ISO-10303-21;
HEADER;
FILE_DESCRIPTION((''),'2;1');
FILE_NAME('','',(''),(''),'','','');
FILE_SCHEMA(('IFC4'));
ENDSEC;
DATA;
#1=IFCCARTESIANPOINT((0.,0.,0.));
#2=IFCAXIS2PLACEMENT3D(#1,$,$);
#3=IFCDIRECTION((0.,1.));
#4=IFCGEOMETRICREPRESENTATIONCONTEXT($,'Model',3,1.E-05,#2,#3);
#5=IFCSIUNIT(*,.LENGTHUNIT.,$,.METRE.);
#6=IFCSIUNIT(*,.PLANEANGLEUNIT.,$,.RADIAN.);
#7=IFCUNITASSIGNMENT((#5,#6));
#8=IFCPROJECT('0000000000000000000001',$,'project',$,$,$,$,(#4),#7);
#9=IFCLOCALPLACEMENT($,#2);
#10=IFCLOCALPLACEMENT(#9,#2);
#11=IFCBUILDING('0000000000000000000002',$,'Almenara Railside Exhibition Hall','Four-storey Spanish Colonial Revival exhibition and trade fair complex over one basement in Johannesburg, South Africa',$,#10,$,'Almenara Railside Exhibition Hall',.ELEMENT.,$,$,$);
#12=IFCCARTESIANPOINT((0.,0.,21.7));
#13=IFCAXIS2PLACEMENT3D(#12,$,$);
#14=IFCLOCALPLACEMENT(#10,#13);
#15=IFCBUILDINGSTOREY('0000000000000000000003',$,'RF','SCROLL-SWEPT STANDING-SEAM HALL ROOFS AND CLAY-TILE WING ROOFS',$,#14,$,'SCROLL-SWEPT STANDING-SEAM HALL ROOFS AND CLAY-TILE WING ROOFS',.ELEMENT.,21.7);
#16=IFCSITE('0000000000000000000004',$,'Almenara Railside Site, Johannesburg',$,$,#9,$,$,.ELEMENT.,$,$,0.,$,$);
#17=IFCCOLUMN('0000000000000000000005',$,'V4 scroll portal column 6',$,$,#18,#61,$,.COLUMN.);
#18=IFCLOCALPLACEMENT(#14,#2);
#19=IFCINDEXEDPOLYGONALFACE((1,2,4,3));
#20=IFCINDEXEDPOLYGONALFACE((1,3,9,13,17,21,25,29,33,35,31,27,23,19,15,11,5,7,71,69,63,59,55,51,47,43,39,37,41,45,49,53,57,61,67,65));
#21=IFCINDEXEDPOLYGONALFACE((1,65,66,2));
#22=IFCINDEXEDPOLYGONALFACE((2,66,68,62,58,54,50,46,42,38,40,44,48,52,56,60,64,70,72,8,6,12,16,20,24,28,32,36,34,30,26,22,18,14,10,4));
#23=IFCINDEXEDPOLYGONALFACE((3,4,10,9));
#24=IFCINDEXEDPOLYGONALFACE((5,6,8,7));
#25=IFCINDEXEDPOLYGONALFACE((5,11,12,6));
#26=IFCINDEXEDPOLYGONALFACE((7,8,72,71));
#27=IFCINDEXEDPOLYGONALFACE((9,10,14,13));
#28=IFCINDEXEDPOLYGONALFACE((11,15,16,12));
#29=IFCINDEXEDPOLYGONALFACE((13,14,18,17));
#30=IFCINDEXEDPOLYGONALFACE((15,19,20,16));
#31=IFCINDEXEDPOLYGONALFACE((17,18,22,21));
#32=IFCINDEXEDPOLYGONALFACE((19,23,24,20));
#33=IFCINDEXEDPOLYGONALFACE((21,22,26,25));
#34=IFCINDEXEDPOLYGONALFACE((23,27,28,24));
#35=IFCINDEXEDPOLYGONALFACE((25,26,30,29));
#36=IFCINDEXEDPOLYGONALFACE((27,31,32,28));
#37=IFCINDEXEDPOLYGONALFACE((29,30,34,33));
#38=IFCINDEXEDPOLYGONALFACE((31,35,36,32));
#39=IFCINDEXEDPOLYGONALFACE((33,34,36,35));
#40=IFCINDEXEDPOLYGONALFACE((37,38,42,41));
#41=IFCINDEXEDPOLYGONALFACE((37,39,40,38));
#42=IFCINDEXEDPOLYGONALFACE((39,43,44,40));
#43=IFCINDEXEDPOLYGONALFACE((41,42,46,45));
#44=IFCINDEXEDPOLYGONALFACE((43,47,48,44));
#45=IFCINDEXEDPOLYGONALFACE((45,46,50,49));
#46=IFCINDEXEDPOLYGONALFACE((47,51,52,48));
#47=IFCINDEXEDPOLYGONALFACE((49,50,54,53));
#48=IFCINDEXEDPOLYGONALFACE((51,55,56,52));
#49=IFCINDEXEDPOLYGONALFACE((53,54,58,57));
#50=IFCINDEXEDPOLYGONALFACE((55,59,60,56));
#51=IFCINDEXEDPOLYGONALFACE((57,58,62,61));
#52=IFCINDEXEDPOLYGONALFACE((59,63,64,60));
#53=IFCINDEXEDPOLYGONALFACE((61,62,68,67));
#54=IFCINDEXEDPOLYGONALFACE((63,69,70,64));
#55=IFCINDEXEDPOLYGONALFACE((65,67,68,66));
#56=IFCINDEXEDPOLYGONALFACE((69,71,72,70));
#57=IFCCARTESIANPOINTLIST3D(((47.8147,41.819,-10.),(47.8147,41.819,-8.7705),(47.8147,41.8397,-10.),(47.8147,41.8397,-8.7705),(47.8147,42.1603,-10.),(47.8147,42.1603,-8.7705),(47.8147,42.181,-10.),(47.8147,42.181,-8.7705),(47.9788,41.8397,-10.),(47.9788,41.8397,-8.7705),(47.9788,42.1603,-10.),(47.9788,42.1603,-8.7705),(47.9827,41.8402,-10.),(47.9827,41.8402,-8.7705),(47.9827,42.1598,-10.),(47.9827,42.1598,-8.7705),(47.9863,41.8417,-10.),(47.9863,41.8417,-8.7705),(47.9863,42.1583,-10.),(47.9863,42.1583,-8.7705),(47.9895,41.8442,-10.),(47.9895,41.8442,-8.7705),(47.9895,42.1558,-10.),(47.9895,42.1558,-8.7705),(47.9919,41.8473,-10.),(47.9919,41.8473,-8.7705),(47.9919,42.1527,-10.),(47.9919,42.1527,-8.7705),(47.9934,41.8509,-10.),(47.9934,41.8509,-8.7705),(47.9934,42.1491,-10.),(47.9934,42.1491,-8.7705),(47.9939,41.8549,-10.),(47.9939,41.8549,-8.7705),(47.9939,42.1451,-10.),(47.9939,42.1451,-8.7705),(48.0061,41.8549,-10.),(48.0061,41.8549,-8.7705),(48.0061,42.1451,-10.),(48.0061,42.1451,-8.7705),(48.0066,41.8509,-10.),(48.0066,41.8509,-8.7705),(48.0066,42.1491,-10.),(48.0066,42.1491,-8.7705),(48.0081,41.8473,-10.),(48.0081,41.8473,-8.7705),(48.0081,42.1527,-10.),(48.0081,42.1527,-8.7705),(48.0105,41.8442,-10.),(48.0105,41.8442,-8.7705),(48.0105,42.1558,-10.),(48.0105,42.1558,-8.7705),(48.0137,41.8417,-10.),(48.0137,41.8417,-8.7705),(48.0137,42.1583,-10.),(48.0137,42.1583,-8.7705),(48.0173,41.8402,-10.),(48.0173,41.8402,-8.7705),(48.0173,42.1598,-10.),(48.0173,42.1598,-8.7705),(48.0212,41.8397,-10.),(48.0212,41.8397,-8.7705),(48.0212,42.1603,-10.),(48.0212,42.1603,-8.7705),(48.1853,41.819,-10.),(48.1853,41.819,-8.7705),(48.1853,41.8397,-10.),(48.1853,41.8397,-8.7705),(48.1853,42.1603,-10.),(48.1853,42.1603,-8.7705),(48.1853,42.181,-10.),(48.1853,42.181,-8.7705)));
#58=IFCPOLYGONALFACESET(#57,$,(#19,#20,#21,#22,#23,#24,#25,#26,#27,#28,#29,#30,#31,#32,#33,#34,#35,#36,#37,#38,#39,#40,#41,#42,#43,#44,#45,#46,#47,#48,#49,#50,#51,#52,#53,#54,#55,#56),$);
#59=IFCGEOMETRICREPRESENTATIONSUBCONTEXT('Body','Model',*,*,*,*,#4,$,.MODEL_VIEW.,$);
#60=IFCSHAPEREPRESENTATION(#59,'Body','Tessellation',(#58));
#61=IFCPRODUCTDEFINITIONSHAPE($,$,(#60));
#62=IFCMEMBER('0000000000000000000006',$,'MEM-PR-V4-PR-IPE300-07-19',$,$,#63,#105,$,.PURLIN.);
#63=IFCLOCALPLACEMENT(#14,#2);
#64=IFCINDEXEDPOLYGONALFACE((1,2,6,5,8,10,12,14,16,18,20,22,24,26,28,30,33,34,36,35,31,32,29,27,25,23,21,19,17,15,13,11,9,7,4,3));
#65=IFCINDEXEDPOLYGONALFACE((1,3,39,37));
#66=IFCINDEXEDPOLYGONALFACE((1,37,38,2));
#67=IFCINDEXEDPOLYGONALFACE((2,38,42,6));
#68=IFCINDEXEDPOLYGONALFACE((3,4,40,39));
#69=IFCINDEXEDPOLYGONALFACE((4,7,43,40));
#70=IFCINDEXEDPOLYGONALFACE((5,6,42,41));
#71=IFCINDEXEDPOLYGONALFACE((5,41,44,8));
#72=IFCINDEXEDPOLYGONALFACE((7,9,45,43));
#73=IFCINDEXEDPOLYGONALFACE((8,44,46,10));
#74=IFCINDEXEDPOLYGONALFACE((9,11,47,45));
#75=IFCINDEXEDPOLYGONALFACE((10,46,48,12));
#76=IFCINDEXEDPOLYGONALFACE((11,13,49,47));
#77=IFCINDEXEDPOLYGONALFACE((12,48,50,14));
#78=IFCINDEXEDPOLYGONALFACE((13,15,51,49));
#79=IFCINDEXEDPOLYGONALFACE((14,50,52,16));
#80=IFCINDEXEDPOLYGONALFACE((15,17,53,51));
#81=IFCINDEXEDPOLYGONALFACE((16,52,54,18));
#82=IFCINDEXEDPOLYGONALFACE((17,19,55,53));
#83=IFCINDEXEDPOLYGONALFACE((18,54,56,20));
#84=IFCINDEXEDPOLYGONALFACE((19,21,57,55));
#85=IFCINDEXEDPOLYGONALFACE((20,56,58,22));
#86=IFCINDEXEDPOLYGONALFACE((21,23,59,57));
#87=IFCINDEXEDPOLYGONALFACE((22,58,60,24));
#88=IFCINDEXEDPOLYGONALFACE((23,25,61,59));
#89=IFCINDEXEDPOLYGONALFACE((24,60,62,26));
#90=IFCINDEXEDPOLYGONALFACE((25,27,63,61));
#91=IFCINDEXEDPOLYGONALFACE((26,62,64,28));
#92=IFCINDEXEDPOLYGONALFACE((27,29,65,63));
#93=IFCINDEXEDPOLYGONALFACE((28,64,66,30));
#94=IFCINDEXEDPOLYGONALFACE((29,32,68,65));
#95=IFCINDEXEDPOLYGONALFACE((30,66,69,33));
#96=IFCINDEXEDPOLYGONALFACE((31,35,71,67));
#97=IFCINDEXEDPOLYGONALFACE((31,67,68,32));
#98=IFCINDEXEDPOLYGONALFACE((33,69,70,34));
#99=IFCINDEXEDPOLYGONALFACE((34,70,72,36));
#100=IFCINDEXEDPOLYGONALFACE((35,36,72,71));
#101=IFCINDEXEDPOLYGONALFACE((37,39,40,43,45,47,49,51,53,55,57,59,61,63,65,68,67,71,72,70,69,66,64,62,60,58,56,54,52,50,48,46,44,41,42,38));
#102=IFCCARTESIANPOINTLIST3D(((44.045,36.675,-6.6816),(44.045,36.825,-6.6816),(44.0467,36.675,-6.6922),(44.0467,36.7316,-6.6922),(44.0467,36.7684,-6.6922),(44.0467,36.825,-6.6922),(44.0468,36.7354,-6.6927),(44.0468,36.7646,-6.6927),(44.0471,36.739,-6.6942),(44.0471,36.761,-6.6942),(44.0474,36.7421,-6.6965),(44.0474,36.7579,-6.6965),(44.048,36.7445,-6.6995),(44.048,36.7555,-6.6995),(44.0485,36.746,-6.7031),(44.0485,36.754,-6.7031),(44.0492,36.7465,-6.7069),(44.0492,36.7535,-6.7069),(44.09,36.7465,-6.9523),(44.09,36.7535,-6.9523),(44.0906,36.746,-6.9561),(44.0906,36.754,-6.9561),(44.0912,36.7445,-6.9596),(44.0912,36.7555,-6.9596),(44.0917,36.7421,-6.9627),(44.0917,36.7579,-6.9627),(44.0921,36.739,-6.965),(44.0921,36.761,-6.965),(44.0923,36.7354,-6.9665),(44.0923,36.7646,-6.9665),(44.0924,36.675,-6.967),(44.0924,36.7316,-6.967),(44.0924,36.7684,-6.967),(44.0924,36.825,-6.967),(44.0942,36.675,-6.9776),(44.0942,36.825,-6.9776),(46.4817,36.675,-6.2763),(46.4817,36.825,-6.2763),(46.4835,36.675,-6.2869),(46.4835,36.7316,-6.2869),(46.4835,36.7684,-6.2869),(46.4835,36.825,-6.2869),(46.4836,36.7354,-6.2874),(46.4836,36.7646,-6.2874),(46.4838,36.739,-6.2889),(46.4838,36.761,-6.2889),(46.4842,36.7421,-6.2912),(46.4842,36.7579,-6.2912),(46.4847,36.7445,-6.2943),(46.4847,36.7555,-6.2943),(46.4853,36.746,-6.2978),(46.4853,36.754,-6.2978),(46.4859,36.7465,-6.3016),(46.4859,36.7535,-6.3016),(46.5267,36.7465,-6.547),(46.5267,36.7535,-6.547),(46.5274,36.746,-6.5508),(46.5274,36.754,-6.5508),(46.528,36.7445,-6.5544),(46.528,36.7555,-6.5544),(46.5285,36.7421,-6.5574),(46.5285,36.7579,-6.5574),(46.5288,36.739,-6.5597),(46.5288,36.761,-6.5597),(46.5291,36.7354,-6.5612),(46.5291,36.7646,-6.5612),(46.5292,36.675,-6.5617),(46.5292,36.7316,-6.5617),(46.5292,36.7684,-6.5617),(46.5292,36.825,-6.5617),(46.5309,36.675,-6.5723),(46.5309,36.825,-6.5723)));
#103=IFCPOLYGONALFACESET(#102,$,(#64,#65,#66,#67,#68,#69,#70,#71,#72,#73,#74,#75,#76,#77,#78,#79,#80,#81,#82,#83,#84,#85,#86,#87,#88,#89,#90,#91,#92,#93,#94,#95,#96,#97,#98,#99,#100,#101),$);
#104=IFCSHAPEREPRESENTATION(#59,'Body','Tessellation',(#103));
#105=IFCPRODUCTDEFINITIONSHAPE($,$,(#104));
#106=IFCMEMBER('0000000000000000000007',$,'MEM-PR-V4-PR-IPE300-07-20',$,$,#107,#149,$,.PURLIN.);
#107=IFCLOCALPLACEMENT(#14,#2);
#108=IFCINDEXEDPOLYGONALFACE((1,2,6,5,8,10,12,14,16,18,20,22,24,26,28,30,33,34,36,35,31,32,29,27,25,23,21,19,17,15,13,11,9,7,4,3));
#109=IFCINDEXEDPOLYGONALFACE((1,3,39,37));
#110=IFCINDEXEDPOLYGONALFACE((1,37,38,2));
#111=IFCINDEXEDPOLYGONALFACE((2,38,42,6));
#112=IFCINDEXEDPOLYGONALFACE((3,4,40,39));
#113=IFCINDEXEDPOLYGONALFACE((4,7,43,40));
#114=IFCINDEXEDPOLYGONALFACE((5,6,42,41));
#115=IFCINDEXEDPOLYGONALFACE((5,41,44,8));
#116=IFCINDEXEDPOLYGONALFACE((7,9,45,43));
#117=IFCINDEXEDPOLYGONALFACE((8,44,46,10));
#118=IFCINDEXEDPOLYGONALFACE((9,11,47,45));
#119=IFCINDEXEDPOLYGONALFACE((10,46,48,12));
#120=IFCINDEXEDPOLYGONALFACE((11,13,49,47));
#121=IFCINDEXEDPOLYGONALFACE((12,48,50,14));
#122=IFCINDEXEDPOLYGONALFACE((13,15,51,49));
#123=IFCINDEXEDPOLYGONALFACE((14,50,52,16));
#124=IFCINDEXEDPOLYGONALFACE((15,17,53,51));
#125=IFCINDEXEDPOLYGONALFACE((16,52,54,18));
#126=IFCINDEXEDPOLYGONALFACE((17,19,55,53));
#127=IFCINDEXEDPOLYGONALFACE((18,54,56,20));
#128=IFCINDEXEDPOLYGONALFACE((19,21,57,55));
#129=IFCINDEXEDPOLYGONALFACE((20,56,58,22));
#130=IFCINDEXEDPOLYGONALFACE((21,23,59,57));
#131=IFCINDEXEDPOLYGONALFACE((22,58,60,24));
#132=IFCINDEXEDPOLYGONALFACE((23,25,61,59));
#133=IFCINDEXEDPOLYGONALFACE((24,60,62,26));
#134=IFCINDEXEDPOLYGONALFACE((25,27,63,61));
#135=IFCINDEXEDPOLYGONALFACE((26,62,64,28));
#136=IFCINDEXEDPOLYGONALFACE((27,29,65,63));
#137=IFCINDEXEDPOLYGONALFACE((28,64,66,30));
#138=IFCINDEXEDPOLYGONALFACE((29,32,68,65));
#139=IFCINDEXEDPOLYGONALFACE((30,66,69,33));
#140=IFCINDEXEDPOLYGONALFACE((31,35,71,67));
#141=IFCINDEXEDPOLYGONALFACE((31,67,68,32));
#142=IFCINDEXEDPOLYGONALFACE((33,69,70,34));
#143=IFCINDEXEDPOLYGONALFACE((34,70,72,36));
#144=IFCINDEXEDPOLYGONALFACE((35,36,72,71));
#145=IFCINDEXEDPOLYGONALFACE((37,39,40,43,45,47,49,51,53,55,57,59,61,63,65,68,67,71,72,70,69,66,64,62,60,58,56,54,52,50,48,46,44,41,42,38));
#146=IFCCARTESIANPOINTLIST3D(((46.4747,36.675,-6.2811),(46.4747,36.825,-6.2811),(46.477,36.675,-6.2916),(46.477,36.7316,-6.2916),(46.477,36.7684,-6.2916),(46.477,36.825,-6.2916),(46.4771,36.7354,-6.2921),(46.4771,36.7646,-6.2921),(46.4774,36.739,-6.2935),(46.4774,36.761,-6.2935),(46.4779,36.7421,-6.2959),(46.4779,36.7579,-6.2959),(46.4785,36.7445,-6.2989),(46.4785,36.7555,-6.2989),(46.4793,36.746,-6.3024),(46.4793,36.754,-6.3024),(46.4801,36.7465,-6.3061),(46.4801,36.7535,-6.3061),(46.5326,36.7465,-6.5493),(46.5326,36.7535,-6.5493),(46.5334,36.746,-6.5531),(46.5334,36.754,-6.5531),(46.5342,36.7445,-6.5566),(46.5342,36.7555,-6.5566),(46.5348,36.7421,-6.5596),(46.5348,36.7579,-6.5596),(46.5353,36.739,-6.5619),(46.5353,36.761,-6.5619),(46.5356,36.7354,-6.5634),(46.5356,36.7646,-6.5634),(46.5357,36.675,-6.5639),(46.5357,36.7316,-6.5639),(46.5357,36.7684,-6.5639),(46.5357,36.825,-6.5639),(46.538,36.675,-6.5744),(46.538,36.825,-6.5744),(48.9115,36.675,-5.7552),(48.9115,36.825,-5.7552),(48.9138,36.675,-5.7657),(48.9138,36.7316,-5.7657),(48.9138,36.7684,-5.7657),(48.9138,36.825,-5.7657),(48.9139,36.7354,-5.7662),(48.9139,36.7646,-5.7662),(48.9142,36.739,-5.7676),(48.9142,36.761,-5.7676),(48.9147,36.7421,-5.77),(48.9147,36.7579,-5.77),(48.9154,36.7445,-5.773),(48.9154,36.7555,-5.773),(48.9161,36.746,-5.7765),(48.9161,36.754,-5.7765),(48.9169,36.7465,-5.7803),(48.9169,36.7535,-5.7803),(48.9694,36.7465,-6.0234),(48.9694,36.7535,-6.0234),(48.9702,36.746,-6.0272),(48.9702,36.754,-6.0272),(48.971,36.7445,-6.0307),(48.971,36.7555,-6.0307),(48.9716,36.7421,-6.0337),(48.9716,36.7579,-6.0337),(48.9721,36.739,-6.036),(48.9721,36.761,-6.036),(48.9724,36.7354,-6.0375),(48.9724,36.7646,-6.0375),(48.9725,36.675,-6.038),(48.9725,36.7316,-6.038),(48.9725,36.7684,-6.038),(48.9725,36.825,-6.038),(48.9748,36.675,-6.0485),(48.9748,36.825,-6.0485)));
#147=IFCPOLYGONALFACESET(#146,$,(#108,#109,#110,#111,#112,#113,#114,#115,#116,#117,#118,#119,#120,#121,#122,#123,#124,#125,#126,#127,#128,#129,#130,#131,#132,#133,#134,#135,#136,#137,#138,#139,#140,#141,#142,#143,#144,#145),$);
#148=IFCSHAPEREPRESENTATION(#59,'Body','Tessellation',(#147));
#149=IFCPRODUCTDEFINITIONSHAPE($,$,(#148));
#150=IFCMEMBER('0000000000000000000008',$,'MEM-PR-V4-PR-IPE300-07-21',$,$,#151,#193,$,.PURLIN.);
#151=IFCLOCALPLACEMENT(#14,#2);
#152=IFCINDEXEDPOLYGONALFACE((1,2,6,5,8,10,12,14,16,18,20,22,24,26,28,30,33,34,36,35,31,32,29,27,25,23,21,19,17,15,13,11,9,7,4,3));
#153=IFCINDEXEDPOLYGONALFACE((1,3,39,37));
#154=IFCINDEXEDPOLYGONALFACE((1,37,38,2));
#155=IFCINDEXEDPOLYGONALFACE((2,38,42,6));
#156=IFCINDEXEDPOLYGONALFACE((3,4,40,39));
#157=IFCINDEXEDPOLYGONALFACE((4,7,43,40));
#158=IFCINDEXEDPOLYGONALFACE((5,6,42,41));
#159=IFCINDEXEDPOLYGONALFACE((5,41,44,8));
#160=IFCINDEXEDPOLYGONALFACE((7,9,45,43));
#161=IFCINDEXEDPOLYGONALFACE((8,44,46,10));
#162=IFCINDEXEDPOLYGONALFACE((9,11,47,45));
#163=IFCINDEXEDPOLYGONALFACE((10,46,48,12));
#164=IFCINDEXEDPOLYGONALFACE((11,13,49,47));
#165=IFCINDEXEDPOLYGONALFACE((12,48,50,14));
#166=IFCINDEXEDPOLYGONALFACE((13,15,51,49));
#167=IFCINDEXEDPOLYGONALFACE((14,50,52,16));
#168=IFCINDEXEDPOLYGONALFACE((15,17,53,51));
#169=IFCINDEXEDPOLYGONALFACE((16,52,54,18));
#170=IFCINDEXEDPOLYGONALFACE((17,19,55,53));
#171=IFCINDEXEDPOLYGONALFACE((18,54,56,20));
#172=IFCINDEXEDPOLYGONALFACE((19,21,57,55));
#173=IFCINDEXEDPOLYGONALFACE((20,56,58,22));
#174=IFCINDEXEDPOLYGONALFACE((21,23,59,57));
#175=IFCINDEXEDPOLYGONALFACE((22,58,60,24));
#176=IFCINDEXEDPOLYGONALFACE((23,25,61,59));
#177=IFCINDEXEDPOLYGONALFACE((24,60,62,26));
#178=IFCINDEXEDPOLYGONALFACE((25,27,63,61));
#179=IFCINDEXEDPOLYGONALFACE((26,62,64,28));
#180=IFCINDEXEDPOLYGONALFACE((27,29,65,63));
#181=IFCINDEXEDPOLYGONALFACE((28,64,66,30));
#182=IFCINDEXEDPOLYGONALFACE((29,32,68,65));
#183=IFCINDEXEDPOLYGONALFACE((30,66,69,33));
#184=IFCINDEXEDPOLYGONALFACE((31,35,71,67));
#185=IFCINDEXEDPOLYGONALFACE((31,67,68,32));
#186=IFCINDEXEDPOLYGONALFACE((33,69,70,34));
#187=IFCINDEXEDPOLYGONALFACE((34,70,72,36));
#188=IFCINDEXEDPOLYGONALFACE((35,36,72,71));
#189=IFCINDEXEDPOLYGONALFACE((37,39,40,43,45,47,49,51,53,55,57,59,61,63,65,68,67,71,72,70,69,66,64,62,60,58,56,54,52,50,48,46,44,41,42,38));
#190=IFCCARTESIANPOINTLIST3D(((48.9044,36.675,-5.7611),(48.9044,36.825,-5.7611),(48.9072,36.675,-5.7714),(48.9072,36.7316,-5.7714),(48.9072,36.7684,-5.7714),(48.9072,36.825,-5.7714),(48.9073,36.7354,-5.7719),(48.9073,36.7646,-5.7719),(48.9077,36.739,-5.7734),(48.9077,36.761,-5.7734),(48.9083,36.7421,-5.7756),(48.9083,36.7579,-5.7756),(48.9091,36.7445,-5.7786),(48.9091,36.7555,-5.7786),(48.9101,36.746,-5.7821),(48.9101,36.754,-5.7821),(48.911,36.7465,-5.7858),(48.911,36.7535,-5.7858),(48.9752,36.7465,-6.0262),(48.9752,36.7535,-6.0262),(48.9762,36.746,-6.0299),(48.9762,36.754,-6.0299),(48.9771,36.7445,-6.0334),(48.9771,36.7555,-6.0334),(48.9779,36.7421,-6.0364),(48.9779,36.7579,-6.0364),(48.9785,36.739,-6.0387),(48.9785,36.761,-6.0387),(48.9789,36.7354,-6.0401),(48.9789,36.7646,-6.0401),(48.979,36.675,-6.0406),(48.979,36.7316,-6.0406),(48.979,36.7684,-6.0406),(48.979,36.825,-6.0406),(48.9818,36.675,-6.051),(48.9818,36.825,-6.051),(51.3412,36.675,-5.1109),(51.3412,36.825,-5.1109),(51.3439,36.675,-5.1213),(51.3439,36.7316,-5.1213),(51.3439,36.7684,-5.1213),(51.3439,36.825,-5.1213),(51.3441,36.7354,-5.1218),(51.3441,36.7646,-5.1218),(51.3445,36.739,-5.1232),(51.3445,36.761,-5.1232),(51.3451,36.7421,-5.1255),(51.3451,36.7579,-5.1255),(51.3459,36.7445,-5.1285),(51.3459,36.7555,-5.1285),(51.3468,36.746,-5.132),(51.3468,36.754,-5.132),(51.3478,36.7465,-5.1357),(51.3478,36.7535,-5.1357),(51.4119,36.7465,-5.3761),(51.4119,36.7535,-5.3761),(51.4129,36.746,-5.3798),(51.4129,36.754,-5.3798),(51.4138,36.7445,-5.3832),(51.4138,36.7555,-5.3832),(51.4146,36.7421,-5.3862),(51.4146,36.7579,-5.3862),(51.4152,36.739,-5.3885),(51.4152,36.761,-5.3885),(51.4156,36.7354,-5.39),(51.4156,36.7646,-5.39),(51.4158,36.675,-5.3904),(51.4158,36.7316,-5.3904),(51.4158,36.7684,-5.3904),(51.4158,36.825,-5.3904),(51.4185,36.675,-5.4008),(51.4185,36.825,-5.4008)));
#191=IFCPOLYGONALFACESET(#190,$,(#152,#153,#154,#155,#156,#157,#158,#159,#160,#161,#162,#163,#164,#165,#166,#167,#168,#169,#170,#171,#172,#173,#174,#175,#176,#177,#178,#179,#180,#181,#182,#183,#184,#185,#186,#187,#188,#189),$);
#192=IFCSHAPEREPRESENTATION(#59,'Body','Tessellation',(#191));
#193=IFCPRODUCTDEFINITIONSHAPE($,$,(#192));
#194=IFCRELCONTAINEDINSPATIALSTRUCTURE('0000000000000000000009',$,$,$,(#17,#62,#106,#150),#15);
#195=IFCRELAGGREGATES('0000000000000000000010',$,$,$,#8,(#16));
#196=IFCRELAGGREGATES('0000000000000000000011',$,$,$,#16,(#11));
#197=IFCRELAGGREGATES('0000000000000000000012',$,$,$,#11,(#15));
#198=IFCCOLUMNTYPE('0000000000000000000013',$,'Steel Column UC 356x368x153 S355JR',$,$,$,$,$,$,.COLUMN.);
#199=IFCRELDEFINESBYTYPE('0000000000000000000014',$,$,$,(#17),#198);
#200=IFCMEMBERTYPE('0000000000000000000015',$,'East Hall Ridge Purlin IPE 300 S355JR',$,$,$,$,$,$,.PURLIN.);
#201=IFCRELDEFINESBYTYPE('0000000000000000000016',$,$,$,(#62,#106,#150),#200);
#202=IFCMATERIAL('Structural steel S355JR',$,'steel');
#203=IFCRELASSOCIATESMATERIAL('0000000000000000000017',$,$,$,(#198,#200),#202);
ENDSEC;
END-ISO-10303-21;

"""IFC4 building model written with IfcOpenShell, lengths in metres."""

from ifc_helpers import new_model, si_unit, direction, frame, origin, origin_2d, place, context, subcontext, project, spatial, i_section, extrude, material, material_profile, profile_set, type_object, element, save


model = new_model("IFC4")

# Units and contexts
model_context = context("Model", 3, precision=1e-05, world=origin(), true_north=direction((0.0, 1.0)))
body_context = subcontext(model_context, "Body", "Model", "MODEL_VIEW")
ifc_project = project(units=[si_unit("LENGTHUNIT", "METRE"), si_unit("PLANEANGLEUNIT", "RADIAN")], contexts=[model_context])

# Site, building, storey
site_placement = place(None, origin())
site = spatial("IfcSite", under=ifc_project, at=site_placement, Name="Almenara Railside Site, Johannesburg", CompositionType="ELEMENT", RefElevation=0.0)
building_placement = place(site_placement, origin())
building = spatial("IfcBuilding", under=site, at=building_placement, Name="Almenara Railside Exhibition Hall", Description="Four-storey Spanish Colonial Revival exhibition and trade fair complex over one basement in Johannesburg, South Africa", LongName="Almenara Railside Exhibition Hall", CompositionType="ELEMENT")
storey_placement = place(building_placement, frame((0.0, 0.0, 21.7)))
storey = spatial("IfcBuildingStorey", under=building, at=storey_placement, Name="RF", Description="SCROLL-SWEPT STANDING-SEAM HALL ROOFS AND CLAY-TILE WING ROOFS", LongName="SCROLL-SWEPT STANDING-SEAM HALL ROOFS AND CLAY-TILE WING ROOFS", CompositionType="ELEMENT", Elevation=21.7)

# Column
ifc_material_1 = material(Name="Structural steel S355JR", Category="steel")
ifc_material_profile_1 = material_profile(ifc_material_1, i_section(OverallWidth=0.3706, OverallDepth=0.3621, WebThickness=0.0122, FlangeThickness=0.0208, FilletRadius=0.0151, at=origin_2d()), Name="UC 356x368x153")
ifc_profile_set_1 = profile_set([ifc_material_profile_1], Name="Structural steel S355JR")
column_type = type_object("IfcColumnType", Name="Steel Column UC 356x368x153 S355JR", PredefinedType="COLUMN", material=ifc_profile_set_1)
column_placement = place(storey_placement, frame((48.0, 42.0, -10.0), z_axis=(0.0, 0.0, 1.0), x_axis=(1.0, 0.0, 0.0)))
element("IfcColumn", 1, at=column_placement, inside=storey, type_object=column_type, Name="V4 scroll portal column 6", PredefinedType="COLUMN", context=body_context, shape_type="SweptSolid", body=[
    extrude(i_section(OverallWidth=0.3706, OverallDepth=0.3621, WebThickness=0.0122, FlangeThickness=0.0208, FilletRadius=0.0151, at=origin_2d()), origin(), (0.0, 0.0, 1.0), 1.2295),
])

# Members
ifc_material_profile_2 = material_profile(ifc_material_1, i_section(OverallWidth=0.1499, OverallDepth=0.3, WebThickness=0.0071, FlangeThickness=0.0107, FilletRadius=0.0149, at=origin_2d()), Name="IPE 300")
ifc_profile_set_2 = profile_set([ifc_material_profile_2], Name="Structural steel S355JR")
member_type_1 = type_object("IfcMemberType", Name="East Hall Ridge Purlin IPE 300 S355JR", PredefinedType="PURLIN", material=ifc_profile_set_2)
member_1_placement = place(storey_placement, frame((44.0696, 36.75, -6.8296), z_axis=(0.98645, 0.0, 0.164062), x_axis=(0.0, 1.0, 0.0)))
element("IfcMember", 2, at=member_1_placement, inside=storey, type_object=member_type_1, Name="MEM-PR-V4-PR-IPE300-07-19", PredefinedType="PURLIN", context=body_context, shape_type="SweptSolid", body=[
    extrude(i_section(OverallWidth=0.1499, OverallDepth=0.3, WebThickness=0.0071, FlangeThickness=0.0107, FilletRadius=0.0149, at=origin_2d()), origin(), (0.0, 0.0, 1.0), 2.4702),
])
member_2_placement = place(storey_placement, frame((46.5063, 36.75, -6.4277), z_axis=(0.977496, 0.0, 0.210953), x_axis=(0.0, 1.0, 0.0)))
element("IfcMember", 3, at=member_2_placement, inside=storey, type_object=member_type_1, Name="MEM-PR-V4-PR-IPE300-07-20", PredefinedType="PURLIN", context=body_context, shape_type="SweptSolid", body=[
    extrude(i_section(OverallWidth=0.1499, OverallDepth=0.3, WebThickness=0.0071, FlangeThickness=0.0107, FilletRadius=0.0149, at=origin_2d()), origin(), (0.0, 0.0, 1.0), 2.4929),
])
member_3_placement = place(storey_placement, frame((48.9431, 36.75, -5.906), z_axis=(0.966201, 0.0, 0.257789), x_axis=(0.0, 1.0, 0.0)))
element("IfcMember", 4, at=member_3_placement, inside=storey, type_object=member_type_1, Name="MEM-PR-V4-PR-IPE300-07-21", PredefinedType="PURLIN", context=body_context, shape_type="SweptSolid", body=[
    extrude(i_section(OverallWidth=0.1499, OverallDepth=0.3, WebThickness=0.0071, FlangeThickness=0.0107, FilletRadius=0.0149, at=origin_2d()), origin(), (0.0, 0.0, 1.0), 2.522),
])

save(model, "model.ifc")
